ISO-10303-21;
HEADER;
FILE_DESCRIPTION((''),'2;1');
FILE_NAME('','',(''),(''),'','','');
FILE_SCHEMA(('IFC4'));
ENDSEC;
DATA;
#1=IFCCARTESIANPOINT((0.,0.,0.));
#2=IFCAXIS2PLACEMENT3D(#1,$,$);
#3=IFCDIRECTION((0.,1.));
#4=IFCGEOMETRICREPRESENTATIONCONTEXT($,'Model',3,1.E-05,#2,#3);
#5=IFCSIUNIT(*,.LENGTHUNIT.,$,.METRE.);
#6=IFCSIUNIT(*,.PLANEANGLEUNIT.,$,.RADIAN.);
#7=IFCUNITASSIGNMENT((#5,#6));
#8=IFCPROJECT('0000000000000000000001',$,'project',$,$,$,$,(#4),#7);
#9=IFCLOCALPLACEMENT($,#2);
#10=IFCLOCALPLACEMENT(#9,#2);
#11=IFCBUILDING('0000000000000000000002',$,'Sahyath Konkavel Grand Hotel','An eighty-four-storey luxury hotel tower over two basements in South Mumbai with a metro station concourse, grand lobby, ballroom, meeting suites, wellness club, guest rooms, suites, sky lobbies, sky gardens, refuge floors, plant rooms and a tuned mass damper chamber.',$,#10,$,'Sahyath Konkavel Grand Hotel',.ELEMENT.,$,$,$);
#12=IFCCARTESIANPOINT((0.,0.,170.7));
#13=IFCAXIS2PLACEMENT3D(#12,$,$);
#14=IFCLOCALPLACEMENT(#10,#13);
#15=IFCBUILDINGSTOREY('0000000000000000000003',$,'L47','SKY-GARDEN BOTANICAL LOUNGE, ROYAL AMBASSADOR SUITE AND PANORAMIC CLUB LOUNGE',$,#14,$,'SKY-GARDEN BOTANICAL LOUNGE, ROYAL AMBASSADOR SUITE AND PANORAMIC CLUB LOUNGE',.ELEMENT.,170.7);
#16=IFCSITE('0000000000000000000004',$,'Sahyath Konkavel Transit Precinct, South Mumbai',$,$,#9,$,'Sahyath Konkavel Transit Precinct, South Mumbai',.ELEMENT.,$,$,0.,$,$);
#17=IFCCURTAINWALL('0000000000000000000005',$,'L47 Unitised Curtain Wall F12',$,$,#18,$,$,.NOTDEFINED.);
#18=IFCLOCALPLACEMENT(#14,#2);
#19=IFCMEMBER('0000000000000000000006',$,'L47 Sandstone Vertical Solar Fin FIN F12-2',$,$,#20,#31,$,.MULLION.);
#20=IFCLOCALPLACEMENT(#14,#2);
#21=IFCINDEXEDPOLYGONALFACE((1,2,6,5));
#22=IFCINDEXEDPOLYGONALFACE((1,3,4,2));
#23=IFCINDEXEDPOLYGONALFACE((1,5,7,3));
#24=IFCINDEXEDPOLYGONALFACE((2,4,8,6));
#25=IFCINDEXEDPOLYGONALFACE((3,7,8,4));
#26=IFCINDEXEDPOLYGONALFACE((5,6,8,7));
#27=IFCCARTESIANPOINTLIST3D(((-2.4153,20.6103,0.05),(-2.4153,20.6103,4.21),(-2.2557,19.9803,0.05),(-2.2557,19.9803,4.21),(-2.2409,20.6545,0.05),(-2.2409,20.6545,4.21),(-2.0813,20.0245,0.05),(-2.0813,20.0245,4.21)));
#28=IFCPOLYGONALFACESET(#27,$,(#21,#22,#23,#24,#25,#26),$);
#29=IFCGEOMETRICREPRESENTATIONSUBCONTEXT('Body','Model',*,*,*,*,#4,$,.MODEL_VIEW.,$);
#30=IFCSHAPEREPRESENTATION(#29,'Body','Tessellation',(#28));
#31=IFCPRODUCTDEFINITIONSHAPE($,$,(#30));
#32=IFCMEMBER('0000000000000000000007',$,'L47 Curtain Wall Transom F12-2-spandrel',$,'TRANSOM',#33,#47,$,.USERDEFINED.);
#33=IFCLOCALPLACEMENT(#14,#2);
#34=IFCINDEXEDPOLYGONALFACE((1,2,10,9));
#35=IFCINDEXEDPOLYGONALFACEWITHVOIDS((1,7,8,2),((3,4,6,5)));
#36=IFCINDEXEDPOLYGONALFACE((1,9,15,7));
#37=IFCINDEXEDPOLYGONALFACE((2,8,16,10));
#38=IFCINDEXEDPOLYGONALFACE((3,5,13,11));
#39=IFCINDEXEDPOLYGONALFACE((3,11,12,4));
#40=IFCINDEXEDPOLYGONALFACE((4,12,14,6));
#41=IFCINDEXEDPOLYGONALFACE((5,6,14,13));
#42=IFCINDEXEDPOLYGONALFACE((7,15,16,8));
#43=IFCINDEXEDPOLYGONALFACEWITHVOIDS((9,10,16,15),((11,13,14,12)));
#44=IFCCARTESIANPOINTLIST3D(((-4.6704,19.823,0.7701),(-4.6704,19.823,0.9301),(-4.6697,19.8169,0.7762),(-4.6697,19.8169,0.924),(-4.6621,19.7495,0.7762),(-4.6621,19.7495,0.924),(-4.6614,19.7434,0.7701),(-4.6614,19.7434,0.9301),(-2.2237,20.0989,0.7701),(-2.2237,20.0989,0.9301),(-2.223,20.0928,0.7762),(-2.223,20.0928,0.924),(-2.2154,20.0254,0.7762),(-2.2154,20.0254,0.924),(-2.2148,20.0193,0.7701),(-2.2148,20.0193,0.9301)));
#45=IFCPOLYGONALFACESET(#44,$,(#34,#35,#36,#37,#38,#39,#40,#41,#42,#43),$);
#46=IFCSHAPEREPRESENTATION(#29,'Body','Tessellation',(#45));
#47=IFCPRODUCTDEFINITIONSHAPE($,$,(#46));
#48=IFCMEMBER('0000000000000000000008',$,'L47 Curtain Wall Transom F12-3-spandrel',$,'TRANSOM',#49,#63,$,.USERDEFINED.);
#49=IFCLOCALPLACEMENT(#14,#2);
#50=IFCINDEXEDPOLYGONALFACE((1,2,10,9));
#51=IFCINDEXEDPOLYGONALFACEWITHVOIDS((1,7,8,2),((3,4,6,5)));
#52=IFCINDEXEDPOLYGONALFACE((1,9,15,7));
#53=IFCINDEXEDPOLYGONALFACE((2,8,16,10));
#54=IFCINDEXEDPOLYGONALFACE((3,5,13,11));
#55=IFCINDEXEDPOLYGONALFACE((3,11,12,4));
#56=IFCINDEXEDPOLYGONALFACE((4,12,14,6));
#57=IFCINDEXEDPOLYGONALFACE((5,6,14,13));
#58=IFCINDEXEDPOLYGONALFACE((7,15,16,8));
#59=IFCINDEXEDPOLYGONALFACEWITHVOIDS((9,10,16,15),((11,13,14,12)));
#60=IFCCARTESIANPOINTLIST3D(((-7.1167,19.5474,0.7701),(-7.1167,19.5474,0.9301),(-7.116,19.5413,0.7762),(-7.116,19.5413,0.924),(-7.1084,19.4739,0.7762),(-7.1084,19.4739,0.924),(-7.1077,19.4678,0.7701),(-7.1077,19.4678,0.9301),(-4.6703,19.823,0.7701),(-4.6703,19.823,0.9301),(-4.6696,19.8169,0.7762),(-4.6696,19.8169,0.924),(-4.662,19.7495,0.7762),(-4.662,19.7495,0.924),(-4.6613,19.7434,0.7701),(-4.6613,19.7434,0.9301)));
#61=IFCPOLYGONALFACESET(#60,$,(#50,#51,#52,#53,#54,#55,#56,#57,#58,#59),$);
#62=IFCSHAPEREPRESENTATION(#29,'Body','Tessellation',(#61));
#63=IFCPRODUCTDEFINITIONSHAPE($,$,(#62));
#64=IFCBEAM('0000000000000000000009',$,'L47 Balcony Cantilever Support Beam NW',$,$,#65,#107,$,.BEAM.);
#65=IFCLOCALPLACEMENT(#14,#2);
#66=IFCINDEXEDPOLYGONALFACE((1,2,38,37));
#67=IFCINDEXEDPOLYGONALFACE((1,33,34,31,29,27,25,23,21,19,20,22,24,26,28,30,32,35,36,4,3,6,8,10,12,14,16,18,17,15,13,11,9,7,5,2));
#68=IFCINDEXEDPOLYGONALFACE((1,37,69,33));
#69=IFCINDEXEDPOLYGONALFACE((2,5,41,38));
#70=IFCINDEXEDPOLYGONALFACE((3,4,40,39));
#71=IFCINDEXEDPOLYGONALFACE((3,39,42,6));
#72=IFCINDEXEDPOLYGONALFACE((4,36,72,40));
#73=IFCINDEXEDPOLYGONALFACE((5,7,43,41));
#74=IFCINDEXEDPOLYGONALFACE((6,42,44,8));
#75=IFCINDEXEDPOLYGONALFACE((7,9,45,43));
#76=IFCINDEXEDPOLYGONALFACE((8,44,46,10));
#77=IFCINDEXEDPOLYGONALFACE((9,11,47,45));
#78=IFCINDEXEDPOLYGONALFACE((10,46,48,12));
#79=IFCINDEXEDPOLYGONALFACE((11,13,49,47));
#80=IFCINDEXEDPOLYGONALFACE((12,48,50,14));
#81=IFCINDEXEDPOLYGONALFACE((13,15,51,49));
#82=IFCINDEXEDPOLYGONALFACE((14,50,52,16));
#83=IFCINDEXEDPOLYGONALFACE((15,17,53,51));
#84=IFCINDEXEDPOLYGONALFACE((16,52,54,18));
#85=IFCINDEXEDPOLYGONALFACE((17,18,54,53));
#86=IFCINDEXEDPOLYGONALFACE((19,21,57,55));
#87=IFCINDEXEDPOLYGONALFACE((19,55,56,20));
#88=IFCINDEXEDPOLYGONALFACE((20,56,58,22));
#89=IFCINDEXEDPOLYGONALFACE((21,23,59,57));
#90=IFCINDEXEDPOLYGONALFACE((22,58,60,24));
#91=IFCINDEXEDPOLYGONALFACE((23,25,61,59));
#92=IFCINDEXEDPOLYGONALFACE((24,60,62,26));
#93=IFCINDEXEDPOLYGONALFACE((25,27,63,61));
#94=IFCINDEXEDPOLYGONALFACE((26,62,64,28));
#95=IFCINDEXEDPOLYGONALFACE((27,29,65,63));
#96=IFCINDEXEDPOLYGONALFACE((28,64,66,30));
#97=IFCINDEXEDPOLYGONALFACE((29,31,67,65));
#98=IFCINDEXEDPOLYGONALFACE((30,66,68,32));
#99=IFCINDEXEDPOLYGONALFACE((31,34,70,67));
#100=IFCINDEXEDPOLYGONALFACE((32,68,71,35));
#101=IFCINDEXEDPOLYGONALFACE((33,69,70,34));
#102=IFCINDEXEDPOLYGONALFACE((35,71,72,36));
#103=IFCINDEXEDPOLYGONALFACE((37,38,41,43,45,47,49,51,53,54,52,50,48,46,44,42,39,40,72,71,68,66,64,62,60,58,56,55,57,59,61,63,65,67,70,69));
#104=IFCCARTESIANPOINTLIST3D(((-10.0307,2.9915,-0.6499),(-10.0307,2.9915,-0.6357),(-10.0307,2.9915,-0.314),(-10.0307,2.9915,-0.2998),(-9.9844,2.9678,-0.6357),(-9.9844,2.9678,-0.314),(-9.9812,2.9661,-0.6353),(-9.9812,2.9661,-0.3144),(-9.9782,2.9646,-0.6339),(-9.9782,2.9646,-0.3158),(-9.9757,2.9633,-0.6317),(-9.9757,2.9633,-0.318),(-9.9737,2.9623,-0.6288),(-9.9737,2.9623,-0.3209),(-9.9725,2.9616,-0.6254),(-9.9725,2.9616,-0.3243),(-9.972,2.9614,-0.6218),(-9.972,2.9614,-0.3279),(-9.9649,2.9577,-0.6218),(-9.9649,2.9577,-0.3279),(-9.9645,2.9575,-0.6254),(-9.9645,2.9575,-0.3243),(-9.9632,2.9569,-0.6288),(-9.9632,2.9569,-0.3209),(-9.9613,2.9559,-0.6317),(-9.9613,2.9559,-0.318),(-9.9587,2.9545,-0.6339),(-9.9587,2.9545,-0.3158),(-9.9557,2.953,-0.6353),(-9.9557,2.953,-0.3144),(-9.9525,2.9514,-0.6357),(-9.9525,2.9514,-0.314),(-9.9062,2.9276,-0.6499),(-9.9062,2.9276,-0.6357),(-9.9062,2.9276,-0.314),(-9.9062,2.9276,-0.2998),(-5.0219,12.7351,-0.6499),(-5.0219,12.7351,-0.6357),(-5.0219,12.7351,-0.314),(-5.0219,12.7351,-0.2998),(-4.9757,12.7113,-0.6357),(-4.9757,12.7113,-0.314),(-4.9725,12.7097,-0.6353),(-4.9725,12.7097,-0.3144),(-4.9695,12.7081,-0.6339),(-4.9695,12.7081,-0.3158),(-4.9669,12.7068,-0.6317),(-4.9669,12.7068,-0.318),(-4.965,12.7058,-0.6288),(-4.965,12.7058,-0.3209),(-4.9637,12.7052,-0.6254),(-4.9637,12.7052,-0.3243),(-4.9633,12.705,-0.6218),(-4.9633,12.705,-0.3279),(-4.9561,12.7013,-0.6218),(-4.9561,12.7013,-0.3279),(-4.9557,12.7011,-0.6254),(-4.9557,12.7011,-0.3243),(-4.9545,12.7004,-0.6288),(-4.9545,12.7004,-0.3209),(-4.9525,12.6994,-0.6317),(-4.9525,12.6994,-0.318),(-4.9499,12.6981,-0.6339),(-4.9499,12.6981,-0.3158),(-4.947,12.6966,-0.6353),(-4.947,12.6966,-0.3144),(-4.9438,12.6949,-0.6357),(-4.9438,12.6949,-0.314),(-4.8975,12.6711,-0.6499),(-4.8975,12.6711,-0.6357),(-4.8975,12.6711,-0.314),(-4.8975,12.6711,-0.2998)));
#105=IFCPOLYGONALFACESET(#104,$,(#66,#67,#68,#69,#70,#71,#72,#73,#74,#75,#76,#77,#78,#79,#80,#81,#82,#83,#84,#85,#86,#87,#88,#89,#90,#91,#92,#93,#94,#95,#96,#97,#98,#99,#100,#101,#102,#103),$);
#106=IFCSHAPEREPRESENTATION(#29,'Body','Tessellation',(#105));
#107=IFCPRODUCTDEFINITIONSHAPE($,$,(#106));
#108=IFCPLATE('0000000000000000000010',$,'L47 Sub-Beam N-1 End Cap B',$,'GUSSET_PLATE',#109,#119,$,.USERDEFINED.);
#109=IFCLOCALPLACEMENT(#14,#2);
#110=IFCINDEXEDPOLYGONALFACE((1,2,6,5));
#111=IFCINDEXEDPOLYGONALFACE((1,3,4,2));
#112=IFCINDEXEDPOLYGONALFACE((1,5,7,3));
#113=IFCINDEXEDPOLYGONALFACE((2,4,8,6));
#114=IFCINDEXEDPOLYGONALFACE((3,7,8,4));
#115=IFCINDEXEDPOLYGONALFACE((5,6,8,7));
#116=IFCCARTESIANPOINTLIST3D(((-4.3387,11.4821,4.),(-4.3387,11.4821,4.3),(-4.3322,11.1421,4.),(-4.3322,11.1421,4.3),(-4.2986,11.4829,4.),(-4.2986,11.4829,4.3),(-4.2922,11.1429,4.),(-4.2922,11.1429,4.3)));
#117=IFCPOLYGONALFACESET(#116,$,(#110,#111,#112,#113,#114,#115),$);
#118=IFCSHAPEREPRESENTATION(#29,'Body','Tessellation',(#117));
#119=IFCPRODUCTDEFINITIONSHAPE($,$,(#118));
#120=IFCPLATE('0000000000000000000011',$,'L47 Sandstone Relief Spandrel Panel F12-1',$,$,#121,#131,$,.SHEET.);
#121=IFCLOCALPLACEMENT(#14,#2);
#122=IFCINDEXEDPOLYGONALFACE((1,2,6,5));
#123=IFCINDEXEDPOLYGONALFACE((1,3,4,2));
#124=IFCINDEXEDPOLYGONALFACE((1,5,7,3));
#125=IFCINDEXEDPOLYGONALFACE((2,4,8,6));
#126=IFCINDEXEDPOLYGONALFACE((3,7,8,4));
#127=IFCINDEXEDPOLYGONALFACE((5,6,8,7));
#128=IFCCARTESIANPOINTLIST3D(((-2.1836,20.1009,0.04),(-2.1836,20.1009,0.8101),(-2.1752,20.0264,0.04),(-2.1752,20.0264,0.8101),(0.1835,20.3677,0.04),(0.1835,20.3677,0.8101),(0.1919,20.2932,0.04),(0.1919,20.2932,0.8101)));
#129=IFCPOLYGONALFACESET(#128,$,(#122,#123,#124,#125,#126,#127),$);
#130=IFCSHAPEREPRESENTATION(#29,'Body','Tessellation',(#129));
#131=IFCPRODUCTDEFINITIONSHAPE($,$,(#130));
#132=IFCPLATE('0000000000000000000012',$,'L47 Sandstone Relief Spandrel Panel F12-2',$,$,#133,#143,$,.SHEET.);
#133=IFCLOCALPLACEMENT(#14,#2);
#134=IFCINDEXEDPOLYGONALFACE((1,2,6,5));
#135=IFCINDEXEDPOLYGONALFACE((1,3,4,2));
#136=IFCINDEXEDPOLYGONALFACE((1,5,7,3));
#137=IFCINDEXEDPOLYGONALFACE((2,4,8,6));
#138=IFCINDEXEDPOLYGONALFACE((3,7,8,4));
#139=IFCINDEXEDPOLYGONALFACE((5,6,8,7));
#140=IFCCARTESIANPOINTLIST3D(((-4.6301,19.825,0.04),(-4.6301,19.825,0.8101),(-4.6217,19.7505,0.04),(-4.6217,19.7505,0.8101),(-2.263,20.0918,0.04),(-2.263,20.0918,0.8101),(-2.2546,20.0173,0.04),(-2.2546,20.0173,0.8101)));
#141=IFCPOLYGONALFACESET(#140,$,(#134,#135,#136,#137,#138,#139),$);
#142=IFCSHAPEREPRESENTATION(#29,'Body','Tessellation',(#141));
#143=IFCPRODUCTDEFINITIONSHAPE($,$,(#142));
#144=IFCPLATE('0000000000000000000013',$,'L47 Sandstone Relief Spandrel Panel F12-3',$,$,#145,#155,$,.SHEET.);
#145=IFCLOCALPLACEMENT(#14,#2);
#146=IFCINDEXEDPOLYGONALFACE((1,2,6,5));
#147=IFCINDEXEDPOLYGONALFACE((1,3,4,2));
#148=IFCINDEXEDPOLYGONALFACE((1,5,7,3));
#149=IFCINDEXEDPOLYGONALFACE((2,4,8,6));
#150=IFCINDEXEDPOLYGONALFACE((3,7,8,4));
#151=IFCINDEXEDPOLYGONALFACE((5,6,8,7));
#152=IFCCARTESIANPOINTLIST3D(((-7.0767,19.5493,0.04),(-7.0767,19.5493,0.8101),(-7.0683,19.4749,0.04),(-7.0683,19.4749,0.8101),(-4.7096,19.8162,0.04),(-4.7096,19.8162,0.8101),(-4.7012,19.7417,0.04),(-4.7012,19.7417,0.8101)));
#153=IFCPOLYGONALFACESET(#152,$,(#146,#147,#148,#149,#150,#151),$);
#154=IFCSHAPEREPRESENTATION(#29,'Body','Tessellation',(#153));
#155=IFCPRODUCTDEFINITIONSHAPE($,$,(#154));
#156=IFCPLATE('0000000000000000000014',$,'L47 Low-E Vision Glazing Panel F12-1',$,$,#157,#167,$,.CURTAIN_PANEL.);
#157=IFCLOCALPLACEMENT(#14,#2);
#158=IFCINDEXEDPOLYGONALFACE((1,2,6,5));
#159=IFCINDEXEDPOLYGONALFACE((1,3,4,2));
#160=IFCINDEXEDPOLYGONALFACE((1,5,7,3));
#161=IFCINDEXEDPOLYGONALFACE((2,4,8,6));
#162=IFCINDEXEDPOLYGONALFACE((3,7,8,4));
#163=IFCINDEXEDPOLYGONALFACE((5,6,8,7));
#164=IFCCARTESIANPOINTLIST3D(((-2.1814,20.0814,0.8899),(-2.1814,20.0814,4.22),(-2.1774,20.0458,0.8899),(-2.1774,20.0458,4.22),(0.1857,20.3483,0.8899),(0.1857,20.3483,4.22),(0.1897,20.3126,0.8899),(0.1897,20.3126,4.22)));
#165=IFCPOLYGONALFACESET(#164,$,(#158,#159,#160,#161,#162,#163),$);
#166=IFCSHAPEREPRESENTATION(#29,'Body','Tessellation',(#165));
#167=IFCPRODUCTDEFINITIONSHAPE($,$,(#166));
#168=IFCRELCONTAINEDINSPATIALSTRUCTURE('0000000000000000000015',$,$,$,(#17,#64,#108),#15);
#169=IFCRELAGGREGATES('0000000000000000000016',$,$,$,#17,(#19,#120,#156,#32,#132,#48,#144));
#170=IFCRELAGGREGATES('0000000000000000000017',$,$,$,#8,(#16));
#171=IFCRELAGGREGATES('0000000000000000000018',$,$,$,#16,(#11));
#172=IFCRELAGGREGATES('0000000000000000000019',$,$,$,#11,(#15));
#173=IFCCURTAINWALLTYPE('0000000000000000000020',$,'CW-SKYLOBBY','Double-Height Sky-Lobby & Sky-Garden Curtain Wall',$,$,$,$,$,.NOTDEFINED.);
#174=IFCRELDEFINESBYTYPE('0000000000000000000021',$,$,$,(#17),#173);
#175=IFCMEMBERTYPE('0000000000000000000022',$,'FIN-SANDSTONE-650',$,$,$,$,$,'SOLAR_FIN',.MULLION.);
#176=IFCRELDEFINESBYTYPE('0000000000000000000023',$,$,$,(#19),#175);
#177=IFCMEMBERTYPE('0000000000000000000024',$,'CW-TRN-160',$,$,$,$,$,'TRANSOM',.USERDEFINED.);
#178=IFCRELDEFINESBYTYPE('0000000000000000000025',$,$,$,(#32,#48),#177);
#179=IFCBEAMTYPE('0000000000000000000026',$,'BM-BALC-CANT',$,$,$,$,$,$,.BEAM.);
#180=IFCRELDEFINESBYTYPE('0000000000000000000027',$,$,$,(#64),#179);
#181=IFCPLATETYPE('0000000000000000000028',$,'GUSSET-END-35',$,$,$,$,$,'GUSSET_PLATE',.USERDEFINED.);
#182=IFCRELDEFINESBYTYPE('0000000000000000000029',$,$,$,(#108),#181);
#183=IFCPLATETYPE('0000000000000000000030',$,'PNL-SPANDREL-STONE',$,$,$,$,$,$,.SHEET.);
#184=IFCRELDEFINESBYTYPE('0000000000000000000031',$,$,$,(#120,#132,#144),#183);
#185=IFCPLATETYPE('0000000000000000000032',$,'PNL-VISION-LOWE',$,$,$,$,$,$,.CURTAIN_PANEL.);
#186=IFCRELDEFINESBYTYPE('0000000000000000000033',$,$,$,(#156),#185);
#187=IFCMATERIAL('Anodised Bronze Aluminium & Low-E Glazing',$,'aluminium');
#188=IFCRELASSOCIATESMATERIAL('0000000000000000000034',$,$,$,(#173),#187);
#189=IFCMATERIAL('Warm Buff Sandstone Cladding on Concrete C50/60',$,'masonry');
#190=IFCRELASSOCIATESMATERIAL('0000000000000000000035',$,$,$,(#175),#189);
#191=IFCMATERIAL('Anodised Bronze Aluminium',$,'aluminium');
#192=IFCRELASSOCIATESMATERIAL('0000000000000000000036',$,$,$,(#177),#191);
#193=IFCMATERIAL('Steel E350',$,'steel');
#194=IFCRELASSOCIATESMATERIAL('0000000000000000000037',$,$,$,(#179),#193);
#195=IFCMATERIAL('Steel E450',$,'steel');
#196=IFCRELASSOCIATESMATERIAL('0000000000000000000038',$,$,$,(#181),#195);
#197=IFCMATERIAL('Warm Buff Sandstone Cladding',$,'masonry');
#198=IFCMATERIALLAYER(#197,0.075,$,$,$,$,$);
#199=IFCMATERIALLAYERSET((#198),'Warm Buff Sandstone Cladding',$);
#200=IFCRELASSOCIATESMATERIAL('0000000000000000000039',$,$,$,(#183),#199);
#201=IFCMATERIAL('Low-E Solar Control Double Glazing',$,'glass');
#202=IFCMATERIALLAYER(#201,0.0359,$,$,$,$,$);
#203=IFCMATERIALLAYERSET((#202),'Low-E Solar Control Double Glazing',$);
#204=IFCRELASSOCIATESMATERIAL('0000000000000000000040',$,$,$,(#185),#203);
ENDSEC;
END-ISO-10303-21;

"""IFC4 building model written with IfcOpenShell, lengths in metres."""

from ifc_helpers import new_model, si_unit, direction, frame, origin, origin_2d, place, context, subcontext, project, spatial, rectangle, hollow_rectangle, i_section, extrude, source, transform, mapped, material, layer, layer_set, material_profile, profile_set, type_object, element, aggregate, save


model = new_model("IFC4")

# Units and contexts
model_context = context("Model", 3, precision=1e-05, world=origin(), true_north=direction((0.0, 1.0)))
body_context = subcontext(model_context, "Body", "Model", "MODEL_VIEW")
ifc_project = project(units=[si_unit("LENGTHUNIT", "METRE"), si_unit("PLANEANGLEUNIT", "RADIAN")], contexts=[model_context])

# Site, building, storey
site_placement = place(None, origin())
site = spatial("IfcSite", under=ifc_project, at=site_placement, Name="Sahyath Konkavel Transit Precinct, South Mumbai", LongName="Sahyath Konkavel Transit Precinct, South Mumbai", CompositionType="ELEMENT", RefElevation=0.0)
building_placement = place(site_placement, origin())
building = spatial("IfcBuilding", under=site, at=building_placement, Name="Sahyath Konkavel Grand Hotel", Description="An eighty-four-storey luxury hotel tower over two basements in South Mumbai with a metro station concourse, grand lobby, ballroom, meeting suites, wellness club, guest rooms, suites, sky lobbies, sky gardens, refuge floors, plant rooms and a tuned mass damper chamber.", LongName="Sahyath Konkavel Grand Hotel", CompositionType="ELEMENT")
storey_placement = place(building_placement, frame((0.0, 0.0, 170.7)))
storey = spatial("IfcBuildingStorey", under=building, at=storey_placement, Name="L47", Description="SKY-GARDEN BOTANICAL LOUNGE, ROYAL AMBASSADOR SUITE AND PANORAMIC CLUB LOUNGE", LongName="SKY-GARDEN BOTANICAL LOUNGE, ROYAL AMBASSADOR SUITE AND PANORAMIC CLUB LOUNGE", CompositionType="ELEMENT", Elevation=170.7)

# Shared definitions
ifc_material_1 = material(Name="Steel E350", Category="steel")

# Curtain wall
ifc_material_2 = material(Name="Anodised Bronze Aluminium & Low-E Glazing", Category="aluminium")
curtain_wall_type = type_object("IfcCurtainWallType", Name="CW-SKYLOBBY", Description="Double-Height Sky-Lobby & Sky-Garden Curtain Wall", PredefinedType="NOTDEFINED", material=ifc_material_2)
curtain_wall_1_placement = place(storey_placement, origin())
curtain_wall_1 = element("IfcCurtainWall", 1, at=curtain_wall_1_placement, inside=storey, type_object=curtain_wall_type, Name="L47 Unitised Curtain Wall F12", PredefinedType="NOTDEFINED")
ifc_material_3 = material(Name="Anodised Bronze Aluminium", Category="aluminium")

# Members
ifc_material_4 = material(Name="Warm Buff Sandstone Cladding on Concrete C50/60", Category="masonry")
ifc_material_profile_1 = material_profile(ifc_material_4, rectangle(XDim=0.1799, YDim=0.6499, at=origin_2d()), Name="FIN 180x650")
ifc_profile_set_1 = profile_set([ifc_material_profile_1], Name="Warm Buff Sandstone Cladding on Concrete C50/60")
member_type_1 = type_object("IfcMemberType", Name="FIN-SANDSTONE-650", ElementType="SOLAR_FIN", PredefinedType="MULLION", material=ifc_profile_set_1)
shared_shape_1 = source(origin(), body_context, "Body", "SweptSolid", [
    extrude(rectangle(XDim=0.1799, YDim=0.6499, at=origin_2d()), origin(), (0.0, 0.0, 1.0), 4.1599),
])
member_1_placement = place(storey_placement, frame((-2.2483, 20.3174, 0.05), z_axis=(0.0, 0.0, 1.0), x_axis=(0.96936, 0.245646, 0.0)))
member_1 = element("IfcMember", 2, at=member_1_placement, type_object=member_type_1, Name="L47 Sandstone Vertical Solar Fin FIN F12-2", PredefinedType="MULLION", context=body_context, shape_type="MappedRepresentation", body=[
    mapped(shared_shape_1, transform((0.0, 0.0, 0.0), scale=1.0)),
])
ifc_material_profile_2 = material_profile(ifc_material_3, hollow_rectangle(XDim=0.0801, YDim=0.1599, WallThickness=0.0061, at=origin_2d()), Name="RHS 160x80x6")
ifc_profile_set_2 = profile_set([ifc_material_profile_2], Name="Anodised Bronze Aluminium")
member_type_2 = type_object("IfcMemberType", Name="CW-TRN-160", ElementType="TRANSOM", PredefinedType="USERDEFINED", material=ifc_profile_set_2)
shared_shape_2 = source(origin(), body_context, "Body", "SweptSolid", [
    extrude(hollow_rectangle(XDim=0.0801, YDim=0.1599, WallThickness=0.0061, at=origin_2d()), origin(), (0.0, 0.0, 1.0), 2.4622),
])
member_2_placement = place(storey_placement, frame((-2.2192, 20.0591, 0.8501), z_axis=(-0.993702, -0.112053, 0.0), x_axis=(0.112053, -0.993702, 0.0)))
member_2 = element("IfcMember", 3, at=member_2_placement, type_object=member_type_2, Name="L47 Curtain Wall Transom F12-2-spandrel", ObjectType="TRANSOM", PredefinedType="USERDEFINED", context=body_context, shape_type="MappedRepresentation", body=[
    mapped(shared_shape_2, transform((0.0, 0.0, 0.0), scale=1.0)),
])
shared_shape_3 = source(origin(), body_context, "Body", "SweptSolid", [
    extrude(hollow_rectangle(XDim=0.0801, YDim=0.1599, WallThickness=0.0061, at=origin_2d()), origin(), (0.0, 0.0, 1.0), 2.4619),
])
member_3_placement = place(storey_placement, frame((-4.6658, 19.7832, 0.8501), z_axis=(-0.993713, -0.111955, 0.0), x_axis=(0.111955, -0.993713, 0.0)))
member_3 = element("IfcMember", 4, at=member_3_placement, type_object=member_type_2, Name="L47 Curtain Wall Transom F12-3-spandrel", ObjectType="TRANSOM", PredefinedType="USERDEFINED", context=body_context, shape_type="MappedRepresentation", body=[
    mapped(shared_shape_3, transform((0.0, 0.0, 0.0), scale=1.0)),
])

# Beam
ifc_material_profile_3 = material_profile(ifc_material_1, i_section(OverallWidth=0.1399, OverallDepth=0.3501, WebThickness=0.0081, FlangeThickness=0.0142, FilletRadius=0.0139, at=origin_2d()), Name="ISMB 350")
ifc_profile_set_3 = profile_set([ifc_material_profile_3], Name="Steel E350")
beam_type_1 = type_object("IfcBeamType", Name="BM-BALC-CANT", PredefinedType="BEAM", material=ifc_profile_set_3)
shared_shape_4 = source(origin(), body_context, "Body", "SweptSolid", [
    extrude(i_section(OverallWidth=0.1399, OverallDepth=0.3501, WebThickness=0.0081, FlangeThickness=0.0142, FilletRadius=0.0139, at=origin_2d()), origin(), (0.0, 0.0, 1.0), 10.9556),
])
beam_1_placement = place(storey_placement, frame((-4.9597, 12.7031, -0.4749), z_axis=(-0.457187, -0.889371, 0.0), x_axis=(0.889371, -0.457187, 0.0)))
element("IfcBeam", 5, at=beam_1_placement, inside=storey, type_object=beam_type_1, Name="L47 Balcony Cantilever Support Beam NW", PredefinedType="BEAM", context=body_context, shape_type="MappedRepresentation", body=[
    mapped(shared_shape_4, transform((0.0, 0.0, 0.0), scale=1.0)),
])

# Plates
ifc_material_5 = material(Name="Steel E450", Category="steel")
plate_type_1 = type_object("IfcPlateType", Name="GUSSET-END-35", ElementType="GUSSET_PLATE", PredefinedType="USERDEFINED", material=ifc_material_5)
shared_shape_5 = source(origin(), body_context, "Body", "SweptSolid", [
    extrude(rectangle(XDim=0.04, YDim=0.3401, at=origin_2d()), origin(), (0.0, 0.0, 1.0), 0.3),
])
plate_1_placement = place(storey_placement, frame((-4.3154, 11.3125, 4.0), z_axis=(0.0, 0.0, 1.0), x_axis=(-0.999822, -0.018848, 0.0)))
element("IfcPlate", 6, at=plate_1_placement, inside=storey, type_object=plate_type_1, Name="L47 Sub-Beam N-1 End Cap B", ObjectType="GUSSET_PLATE", PredefinedType="USERDEFINED", context=body_context, shape_type="MappedRepresentation", body=[
    mapped(shared_shape_5, transform((0.0, 0.0, 0.0), scale=1.0)),
])
ifc_material_6 = material(Name="Warm Buff Sandstone Cladding", Category="masonry")
ifc_layer_1 = layer(ifc_material_6, 0.075)
ifc_layer_set_1 = layer_set([ifc_layer_1], Name="Warm Buff Sandstone Cladding")
plate_type_2 = type_object("IfcPlateType", Name="PNL-SPANDREL-STONE", PredefinedType="SHEET", material=ifc_layer_set_1)
shared_shape_6 = source(origin(), body_context, "Body", "SweptSolid", [
    extrude(rectangle(XDim=2.3821, YDim=0.075, at=origin_2d()), origin(), (0.0, 0.0, 1.0), 0.77),
])
plate_2_placement = place(storey_placement, frame((-0.9958, 20.197, 0.04), z_axis=(0.0, 0.0, 1.0), x_axis=(-0.993707, -0.112007, 0.0)))
plate_2 = element("IfcPlate", 7, at=plate_2_placement, type_object=plate_type_2, Name="L47 Sandstone Relief Spandrel Panel F12-1", PredefinedType="SHEET", context=body_context, shape_type="MappedRepresentation", body=[
    mapped(shared_shape_6, transform((0.0, 0.0, 0.0), scale=1.0)),
])
plate_3_placement = place(storey_placement, frame((-3.4424, 19.9211, 0.04), z_axis=(0.0, 0.0, 1.0), x_axis=(-0.993707, -0.112007, 0.0)))
plate_3 = element("IfcPlate", 8, at=plate_3_placement, type_object=plate_type_2, Name="L47 Sandstone Relief Spandrel Panel F12-2", PredefinedType="SHEET", context=body_context, shape_type="MappedRepresentation", body=[
    mapped(shared_shape_6, transform((0.0, 0.0, 0.0), scale=1.0)),
])
plate_4_placement = place(storey_placement, frame((-5.8889, 19.6455, 0.04), z_axis=(0.0, 0.0, 1.0), x_axis=(-0.993707, -0.112007, 0.0)))
plate_4 = element("IfcPlate", 9, at=plate_4_placement, type_object=plate_type_2, Name="L47 Sandstone Relief Spandrel Panel F12-3", PredefinedType="SHEET", context=body_context, shape_type="MappedRepresentation", body=[
    mapped(shared_shape_6, transform((0.0, 0.0, 0.0), scale=1.0)),
])
ifc_material_7 = material(Name="Low-E Solar Control Double Glazing", Category="glass")
ifc_layer_2 = layer(ifc_material_7, 0.0359)
ifc_layer_set_2 = layer_set([ifc_layer_2], Name="Low-E Solar Control Double Glazing")
plate_type_3 = type_object("IfcPlateType", Name="PNL-VISION-LOWE", PredefinedType="CURTAIN_PANEL", material=ifc_layer_set_2)
shared_shape_7 = source(origin(), body_context, "Body", "SweptSolid", [
    extrude(rectangle(XDim=2.3821, YDim=0.0359, at=origin_2d()), origin(), (0.0, 0.0, 1.0), 3.3301),
])
plate_5_placement = place(storey_placement, frame((-0.9958, 20.197, 0.8899), z_axis=(0.0, 0.0, 1.0), x_axis=(-0.993707, -0.112007, 0.0)))
plate_5 = element("IfcPlate", 10, at=plate_5_placement, type_object=plate_type_3, Name="L47 Low-E Vision Glazing Panel F12-1", PredefinedType="CURTAIN_PANEL", context=body_context, shape_type="MappedRepresentation", body=[
    mapped(shared_shape_7, transform((0.0, 0.0, 0.0), scale=1.0)),
])
aggregate(curtain_wall_1, [member_1, plate_2, plate_5, member_2, plate_3, member_3, plate_4])

save(model, "model.ifc")
